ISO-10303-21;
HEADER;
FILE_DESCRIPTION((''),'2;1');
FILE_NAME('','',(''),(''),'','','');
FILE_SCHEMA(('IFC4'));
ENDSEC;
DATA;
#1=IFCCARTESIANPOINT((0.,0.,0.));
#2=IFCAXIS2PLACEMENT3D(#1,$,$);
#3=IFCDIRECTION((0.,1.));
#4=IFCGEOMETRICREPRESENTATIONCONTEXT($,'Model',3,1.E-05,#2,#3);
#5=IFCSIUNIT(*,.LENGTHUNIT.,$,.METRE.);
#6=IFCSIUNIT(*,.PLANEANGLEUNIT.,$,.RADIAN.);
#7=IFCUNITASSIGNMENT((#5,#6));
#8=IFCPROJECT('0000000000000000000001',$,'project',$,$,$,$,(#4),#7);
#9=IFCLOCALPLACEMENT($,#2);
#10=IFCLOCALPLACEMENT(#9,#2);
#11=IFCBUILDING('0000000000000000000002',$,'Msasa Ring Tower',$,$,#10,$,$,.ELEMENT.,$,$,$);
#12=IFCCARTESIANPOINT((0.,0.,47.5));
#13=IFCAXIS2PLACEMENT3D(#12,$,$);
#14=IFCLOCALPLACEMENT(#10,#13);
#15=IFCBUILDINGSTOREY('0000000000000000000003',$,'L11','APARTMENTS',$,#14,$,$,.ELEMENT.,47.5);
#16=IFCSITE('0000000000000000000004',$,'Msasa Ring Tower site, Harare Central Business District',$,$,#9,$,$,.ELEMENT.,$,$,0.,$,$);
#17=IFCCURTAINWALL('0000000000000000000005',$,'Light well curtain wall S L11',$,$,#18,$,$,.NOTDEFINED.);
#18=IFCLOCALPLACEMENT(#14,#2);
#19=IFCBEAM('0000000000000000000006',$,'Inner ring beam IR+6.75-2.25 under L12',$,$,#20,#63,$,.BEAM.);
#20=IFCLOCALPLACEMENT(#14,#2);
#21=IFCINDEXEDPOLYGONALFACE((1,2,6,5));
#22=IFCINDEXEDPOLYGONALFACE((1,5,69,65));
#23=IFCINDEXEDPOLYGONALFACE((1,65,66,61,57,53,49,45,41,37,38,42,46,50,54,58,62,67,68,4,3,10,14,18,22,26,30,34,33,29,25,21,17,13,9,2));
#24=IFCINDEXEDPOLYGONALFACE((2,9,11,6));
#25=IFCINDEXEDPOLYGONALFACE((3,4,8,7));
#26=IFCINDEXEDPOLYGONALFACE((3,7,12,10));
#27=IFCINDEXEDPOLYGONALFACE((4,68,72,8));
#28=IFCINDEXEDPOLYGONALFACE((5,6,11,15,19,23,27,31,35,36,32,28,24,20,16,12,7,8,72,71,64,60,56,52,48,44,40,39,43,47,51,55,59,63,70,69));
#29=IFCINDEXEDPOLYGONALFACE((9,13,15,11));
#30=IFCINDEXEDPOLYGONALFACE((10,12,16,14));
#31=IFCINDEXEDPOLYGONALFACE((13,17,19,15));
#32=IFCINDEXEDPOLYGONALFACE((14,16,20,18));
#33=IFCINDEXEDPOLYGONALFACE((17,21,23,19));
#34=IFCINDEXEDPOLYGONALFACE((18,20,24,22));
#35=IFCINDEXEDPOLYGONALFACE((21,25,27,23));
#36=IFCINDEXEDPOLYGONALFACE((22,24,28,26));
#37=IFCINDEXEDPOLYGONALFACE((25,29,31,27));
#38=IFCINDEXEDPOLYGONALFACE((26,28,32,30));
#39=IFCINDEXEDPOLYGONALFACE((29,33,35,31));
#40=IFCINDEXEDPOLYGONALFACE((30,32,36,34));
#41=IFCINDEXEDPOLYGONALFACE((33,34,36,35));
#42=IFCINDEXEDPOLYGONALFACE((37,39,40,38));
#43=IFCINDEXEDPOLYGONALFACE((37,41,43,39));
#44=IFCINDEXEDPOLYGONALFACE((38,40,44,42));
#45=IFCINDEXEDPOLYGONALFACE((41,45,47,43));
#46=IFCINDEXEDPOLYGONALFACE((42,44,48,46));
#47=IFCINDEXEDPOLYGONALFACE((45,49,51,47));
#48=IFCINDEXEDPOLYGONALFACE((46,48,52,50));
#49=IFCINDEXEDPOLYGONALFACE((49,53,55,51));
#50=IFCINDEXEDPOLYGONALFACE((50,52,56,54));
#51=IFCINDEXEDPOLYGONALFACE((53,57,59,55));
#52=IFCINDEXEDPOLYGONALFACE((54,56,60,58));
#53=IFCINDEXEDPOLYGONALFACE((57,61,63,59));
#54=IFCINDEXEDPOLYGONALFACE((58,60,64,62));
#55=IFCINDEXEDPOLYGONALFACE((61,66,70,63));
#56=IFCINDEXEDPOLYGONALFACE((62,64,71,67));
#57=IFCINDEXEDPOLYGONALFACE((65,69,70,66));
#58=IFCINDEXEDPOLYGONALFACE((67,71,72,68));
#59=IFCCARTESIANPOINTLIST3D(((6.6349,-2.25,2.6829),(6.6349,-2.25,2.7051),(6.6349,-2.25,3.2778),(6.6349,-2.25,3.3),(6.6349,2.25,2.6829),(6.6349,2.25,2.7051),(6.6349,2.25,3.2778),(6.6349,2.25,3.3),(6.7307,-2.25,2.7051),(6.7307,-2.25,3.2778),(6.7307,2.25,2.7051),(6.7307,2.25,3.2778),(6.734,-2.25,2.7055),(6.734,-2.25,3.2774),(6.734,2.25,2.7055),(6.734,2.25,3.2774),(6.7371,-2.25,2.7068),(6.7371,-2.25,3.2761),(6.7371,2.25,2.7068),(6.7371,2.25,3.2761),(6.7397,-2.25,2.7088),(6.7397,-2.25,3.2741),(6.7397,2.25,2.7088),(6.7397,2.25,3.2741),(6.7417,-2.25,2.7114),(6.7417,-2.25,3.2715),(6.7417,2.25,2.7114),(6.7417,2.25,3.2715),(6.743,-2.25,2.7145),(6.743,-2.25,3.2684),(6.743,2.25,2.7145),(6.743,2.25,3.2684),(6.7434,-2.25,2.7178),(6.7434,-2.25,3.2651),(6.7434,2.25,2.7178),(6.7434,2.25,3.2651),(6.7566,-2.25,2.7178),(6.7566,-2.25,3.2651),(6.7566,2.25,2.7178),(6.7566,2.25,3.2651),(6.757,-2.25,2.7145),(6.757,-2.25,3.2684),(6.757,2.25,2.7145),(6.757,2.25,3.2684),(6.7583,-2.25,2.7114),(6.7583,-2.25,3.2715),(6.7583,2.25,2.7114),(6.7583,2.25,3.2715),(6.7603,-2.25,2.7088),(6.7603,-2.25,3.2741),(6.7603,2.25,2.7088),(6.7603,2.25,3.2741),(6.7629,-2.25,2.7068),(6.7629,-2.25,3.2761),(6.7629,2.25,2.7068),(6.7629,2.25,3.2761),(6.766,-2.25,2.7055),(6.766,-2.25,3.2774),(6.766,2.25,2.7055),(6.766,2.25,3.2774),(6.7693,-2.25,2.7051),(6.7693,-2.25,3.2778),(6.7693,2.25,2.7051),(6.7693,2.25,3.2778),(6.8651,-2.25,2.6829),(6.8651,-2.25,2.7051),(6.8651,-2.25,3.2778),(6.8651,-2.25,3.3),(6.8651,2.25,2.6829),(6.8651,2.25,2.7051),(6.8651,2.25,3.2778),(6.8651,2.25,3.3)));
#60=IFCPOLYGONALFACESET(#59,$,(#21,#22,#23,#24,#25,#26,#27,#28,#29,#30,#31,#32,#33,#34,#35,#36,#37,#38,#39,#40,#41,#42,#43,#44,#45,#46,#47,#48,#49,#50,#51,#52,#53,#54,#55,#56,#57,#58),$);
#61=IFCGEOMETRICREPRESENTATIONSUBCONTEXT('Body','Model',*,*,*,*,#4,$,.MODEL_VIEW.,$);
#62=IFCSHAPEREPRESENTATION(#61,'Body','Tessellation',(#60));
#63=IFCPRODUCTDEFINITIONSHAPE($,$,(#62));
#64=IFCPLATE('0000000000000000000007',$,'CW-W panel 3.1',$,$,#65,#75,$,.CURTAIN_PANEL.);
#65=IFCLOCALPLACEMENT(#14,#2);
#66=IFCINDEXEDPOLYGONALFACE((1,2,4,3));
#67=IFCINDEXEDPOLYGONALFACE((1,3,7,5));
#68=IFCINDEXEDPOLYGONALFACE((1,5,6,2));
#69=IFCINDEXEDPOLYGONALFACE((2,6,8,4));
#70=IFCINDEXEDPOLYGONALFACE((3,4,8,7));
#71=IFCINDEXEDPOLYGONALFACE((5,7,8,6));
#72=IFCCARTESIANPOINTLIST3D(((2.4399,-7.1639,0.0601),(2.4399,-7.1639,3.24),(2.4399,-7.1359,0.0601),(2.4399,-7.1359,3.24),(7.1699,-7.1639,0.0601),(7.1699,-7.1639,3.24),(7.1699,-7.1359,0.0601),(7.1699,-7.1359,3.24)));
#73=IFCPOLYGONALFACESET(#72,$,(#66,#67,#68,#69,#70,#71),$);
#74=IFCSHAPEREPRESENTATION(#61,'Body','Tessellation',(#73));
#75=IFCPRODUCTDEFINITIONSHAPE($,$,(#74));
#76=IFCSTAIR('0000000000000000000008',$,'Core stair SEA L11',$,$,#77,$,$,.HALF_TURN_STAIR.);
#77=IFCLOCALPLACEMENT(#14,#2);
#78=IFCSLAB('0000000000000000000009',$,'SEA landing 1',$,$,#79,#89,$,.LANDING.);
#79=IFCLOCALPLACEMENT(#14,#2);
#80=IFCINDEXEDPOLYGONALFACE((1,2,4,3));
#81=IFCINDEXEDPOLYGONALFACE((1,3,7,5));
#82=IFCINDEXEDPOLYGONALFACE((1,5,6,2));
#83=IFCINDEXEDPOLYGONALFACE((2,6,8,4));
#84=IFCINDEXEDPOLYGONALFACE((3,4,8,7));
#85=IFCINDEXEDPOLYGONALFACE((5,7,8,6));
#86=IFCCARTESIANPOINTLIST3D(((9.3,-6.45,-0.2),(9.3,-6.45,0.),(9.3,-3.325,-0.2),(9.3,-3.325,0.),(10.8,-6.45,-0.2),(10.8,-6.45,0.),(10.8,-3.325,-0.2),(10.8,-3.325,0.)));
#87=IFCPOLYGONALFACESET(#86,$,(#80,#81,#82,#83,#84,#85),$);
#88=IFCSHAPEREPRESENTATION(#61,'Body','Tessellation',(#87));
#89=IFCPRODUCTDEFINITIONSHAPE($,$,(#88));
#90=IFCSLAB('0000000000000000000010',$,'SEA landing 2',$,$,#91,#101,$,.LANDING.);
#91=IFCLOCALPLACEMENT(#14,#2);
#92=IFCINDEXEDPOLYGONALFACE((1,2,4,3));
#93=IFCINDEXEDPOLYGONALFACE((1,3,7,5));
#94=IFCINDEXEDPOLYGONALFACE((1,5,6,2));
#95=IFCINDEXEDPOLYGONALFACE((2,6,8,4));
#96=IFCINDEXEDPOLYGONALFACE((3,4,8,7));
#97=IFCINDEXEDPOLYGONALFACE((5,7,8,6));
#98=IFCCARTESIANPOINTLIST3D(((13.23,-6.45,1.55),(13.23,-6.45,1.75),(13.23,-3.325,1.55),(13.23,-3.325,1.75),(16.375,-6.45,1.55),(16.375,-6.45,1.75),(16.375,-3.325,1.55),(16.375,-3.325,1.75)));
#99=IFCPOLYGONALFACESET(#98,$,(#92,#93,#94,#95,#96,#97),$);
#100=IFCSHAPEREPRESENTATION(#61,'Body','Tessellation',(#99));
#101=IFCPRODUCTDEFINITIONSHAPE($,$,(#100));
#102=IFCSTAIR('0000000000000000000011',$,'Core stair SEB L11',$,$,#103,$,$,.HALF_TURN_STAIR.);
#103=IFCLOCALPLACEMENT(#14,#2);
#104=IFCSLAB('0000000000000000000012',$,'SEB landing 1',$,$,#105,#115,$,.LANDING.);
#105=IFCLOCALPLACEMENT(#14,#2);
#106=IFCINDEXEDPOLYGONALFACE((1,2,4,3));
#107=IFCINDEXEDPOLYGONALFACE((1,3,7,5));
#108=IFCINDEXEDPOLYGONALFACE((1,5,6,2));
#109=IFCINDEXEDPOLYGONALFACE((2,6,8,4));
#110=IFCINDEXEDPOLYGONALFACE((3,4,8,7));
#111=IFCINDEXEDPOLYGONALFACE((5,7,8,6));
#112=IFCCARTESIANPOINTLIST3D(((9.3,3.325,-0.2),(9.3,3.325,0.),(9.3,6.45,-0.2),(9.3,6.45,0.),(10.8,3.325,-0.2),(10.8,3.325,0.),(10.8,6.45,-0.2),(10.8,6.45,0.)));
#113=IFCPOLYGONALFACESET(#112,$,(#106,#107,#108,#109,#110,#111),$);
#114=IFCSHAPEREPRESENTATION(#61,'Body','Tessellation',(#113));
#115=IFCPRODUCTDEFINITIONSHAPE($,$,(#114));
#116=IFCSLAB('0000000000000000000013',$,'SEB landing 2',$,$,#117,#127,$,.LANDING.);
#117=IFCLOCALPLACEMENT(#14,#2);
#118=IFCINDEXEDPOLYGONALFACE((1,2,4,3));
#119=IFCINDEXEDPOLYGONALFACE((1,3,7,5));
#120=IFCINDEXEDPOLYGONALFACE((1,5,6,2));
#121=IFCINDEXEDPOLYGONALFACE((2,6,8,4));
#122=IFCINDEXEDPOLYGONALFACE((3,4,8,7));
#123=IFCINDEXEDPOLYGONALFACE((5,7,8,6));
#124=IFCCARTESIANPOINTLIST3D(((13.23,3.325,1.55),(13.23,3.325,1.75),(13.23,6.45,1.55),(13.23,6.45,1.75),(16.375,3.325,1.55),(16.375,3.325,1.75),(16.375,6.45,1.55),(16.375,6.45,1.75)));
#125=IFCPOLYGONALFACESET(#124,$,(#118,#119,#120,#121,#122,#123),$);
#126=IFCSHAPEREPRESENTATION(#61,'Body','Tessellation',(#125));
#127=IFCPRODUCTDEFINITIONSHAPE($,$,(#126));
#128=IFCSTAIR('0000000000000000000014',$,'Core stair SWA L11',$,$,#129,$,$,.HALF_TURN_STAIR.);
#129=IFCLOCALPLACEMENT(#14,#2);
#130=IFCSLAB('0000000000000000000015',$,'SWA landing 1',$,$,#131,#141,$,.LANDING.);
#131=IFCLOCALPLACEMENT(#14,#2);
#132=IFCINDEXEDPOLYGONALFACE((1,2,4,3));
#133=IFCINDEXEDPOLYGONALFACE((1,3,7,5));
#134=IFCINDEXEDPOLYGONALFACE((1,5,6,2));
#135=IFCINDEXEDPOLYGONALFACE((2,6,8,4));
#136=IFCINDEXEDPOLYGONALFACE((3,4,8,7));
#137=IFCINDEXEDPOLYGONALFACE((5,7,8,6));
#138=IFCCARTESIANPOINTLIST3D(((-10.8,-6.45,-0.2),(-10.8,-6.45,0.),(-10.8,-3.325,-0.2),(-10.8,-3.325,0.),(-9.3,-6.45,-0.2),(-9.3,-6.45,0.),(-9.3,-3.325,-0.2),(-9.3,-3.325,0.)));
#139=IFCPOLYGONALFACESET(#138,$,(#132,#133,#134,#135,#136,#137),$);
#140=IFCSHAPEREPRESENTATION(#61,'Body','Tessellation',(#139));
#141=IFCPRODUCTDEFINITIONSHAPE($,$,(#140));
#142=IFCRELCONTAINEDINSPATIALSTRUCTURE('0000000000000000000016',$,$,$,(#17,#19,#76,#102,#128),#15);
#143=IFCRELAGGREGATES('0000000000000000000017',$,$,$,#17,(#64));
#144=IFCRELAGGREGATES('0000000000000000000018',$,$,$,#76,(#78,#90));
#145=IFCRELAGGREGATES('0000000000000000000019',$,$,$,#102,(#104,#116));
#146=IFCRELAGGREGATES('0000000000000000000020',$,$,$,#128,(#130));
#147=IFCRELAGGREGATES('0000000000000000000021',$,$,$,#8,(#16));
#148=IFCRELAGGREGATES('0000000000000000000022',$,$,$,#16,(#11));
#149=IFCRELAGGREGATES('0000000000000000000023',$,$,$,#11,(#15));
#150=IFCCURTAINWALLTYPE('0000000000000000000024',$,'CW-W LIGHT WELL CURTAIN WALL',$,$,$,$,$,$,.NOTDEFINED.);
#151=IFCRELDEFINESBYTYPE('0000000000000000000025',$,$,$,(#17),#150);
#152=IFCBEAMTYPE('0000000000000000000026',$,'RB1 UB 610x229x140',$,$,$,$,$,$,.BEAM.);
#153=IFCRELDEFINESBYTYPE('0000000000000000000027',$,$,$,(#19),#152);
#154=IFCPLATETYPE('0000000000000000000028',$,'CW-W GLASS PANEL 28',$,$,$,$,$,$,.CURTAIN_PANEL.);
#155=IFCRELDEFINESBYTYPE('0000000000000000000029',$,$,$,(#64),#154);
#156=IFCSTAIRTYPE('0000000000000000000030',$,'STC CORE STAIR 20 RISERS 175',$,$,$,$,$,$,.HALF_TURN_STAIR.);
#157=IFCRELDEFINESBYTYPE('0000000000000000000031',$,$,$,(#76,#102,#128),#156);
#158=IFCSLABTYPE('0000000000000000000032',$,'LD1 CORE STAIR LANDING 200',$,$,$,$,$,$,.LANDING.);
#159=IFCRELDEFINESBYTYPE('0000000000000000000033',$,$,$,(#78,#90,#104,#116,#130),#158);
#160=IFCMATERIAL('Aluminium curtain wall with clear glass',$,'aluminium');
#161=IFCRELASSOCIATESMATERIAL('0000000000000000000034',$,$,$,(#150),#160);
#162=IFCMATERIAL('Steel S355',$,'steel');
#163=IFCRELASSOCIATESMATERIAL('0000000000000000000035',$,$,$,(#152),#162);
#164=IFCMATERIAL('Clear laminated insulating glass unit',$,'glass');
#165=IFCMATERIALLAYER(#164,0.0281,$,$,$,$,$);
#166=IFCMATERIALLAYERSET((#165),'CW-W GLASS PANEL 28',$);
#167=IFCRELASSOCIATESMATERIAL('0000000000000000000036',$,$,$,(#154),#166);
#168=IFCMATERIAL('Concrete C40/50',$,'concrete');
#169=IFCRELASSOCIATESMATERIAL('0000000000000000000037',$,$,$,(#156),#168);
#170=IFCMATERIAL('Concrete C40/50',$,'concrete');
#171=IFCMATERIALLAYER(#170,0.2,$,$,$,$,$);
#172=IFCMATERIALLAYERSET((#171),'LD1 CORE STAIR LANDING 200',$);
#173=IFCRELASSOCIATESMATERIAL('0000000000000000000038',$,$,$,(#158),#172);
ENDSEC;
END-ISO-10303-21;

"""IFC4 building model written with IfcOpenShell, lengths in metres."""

from ifc_helpers import new_model, si_unit, direction, frame, origin, origin_2d, place, context, subcontext, project, spatial, polyline, rectangle, i_section, outline, extrude, material, layer, layer_set, material_profile, profile_set, type_object, element, aggregate, save


model = new_model("IFC4")

# Units and contexts
model_context = context("Model", 3, precision=1e-05, world=origin(), true_north=direction((0.0, 1.0)))
body_context = subcontext(model_context, "Body", "Model", "MODEL_VIEW")
ifc_project = project(units=[si_unit("LENGTHUNIT", "METRE"), si_unit("PLANEANGLEUNIT", "RADIAN")], contexts=[model_context])

# Site, building, storey
site_placement = place(None, origin())
site = spatial("IfcSite", under=ifc_project, at=site_placement, Name="Msasa Ring Tower site, Harare Central Business District", CompositionType="ELEMENT", RefElevation=0.0)
building_placement = place(site_placement, origin())
building = spatial("IfcBuilding", under=site, at=building_placement, Name="Msasa Ring Tower", CompositionType="ELEMENT")
storey_placement = place(building_placement, frame((0.0, 0.0, 47.5)))
storey = spatial("IfcBuildingStorey", under=building, at=storey_placement, Name="L11", Description="APARTMENTS", CompositionType="ELEMENT", Elevation=47.5)

# Curtain wall
ifc_material_1 = material(Name="Aluminium curtain wall with clear glass", Category="aluminium")
curtain_wall_type = type_object("IfcCurtainWallType", Name="CW-W LIGHT WELL CURTAIN WALL", PredefinedType="NOTDEFINED", material=ifc_material_1)
curtain_wall_1_placement = place(storey_placement, origin())
curtain_wall_1 = element("IfcCurtainWall", 1, at=curtain_wall_1_placement, inside=storey, type_object=curtain_wall_type, Name="Light well curtain wall S L11", PredefinedType="NOTDEFINED")

# Beam
ifc_material_2 = material(Name="Steel S355", Category="steel")
ifc_material_profile_1 = material_profile(ifc_material_2, i_section(OverallWidth=0.2302, OverallDepth=0.6172, WebThickness=0.0132, FlangeThickness=0.0222, FilletRadius=0.0127, at=origin_2d()), Name="UB 610x229x140")
ifc_profile_set_1 = profile_set([ifc_material_profile_1], Name="Steel S355")
beam_type = type_object("IfcBeamType", Name="RB1 UB 610x229x140", PredefinedType="BEAM", material=ifc_profile_set_1)
for number, where, z_axis, x_axis, name in (
    (2, (6.75, -2.25, 2.9915), (0.0, 1.0, 0.0), (-1.0, 0.0, 0.0), "Inner ring beam IR+6.75-2.25 under L12"),
):
    element("IfcBeam", number, at=place(storey_placement, frame(where, z_axis=z_axis, x_axis=x_axis)), inside=storey, type_object=beam_type, Name=name, PredefinedType="BEAM", context=body_context, shape_type="SweptSolid", body=[
        extrude(i_section(OverallWidth=0.2302, OverallDepth=0.6172, WebThickness=0.0132, FlangeThickness=0.0222, FilletRadius=0.0127, at=origin_2d()), origin(), (0.0, 0.0, 1.0), 4.5),
    ])

# Plate
ifc_material_3 = material(Name="Clear laminated insulating glass unit", Category="glass")
ifc_layer_1 = layer(ifc_material_3, 0.0281)
ifc_layer_set_1 = layer_set([ifc_layer_1], Name="CW-W GLASS PANEL 28")
plate_type = type_object("IfcPlateType", Name="CW-W GLASS PANEL 28", PredefinedType="CURTAIN_PANEL", material=ifc_layer_set_1)
plate_placement = place(storey_placement, frame((4.8049, -7.1499, 0.0601), z_axis=(0.0, 0.0, 1.0), x_axis=(1.0, 0.0, 0.0)))
plate = element("IfcPlate", 3, at=plate_placement, type_object=plate_type, Name="CW-W panel 3.1", PredefinedType="CURTAIN_PANEL", context=body_context, shape_type="SweptSolid", body=[
    extrude(rectangle(XDim=4.73, YDim=0.0281, at=origin_2d()), origin(), (0.0, 0.0, 1.0), 3.1799),
])
aggregate(curtain_wall_1, [plate])

# Stairs, slabs
ifc_material_4 = material(Name="Concrete C40/50", Category="concrete")
stair_type = type_object("IfcStairType", Name="STC CORE STAIR 20 RISERS 175", PredefinedType="HALF_TURN_STAIR", material=ifc_material_4)
stair_1_placement = place(storey_placement, origin())
stair_1 = element("IfcStair", 4, at=stair_1_placement, inside=storey, type_object=stair_type, Name="Core stair SEA L11", PredefinedType="HALF_TURN_STAIR")
ifc_material_5 = material(Name="Concrete C40/50", Category="concrete")
ifc_layer_2 = layer(ifc_material_5, 0.2)
ifc_layer_set_2 = layer_set([ifc_layer_2], Name="LD1 CORE STAIR LANDING 200")
slab_type = type_object("IfcSlabType", Name="LD1 CORE STAIR LANDING 200", PredefinedType="LANDING", material=ifc_layer_set_2)
slab_1_placement = place(storey_placement, frame((0.0, 0.0, -0.2)))
slab_1 = element("IfcSlab", 5, at=slab_1_placement, type_object=slab_type, Name="SEA landing 1", PredefinedType="LANDING", context=body_context, shape_type="SweptSolid", body=[
    extrude(outline(polyline([(9.3, -6.45), (10.8, -6.45), (10.8, -3.325), (9.3, -3.325), (9.3, -6.45)])), origin(), (0.0, 0.0, 1.0), 0.2),
])
slab_2_placement = place(storey_placement, frame((0.0, 0.0, 1.55)))
slab_2 = element("IfcSlab", 6, at=slab_2_placement, type_object=slab_type, Name="SEA landing 2", PredefinedType="LANDING", context=body_context, shape_type="SweptSolid", body=[
    extrude(outline(polyline([(13.23, -6.45), (16.375, -6.45), (16.375, -3.325), (13.23, -3.325), (13.23, -6.45)])), origin(), (0.0, 0.0, 1.0), 0.2),
])
aggregate(stair_1, [slab_1, slab_2])
stair_2_placement = place(storey_placement, origin())
stair_2 = element("IfcStair", 7, at=stair_2_placement, inside=storey, type_object=stair_type, Name="Core stair SEB L11", PredefinedType="HALF_TURN_STAIR")
slab_3_placement = place(storey_placement, frame((0.0, 0.0, -0.2)))
slab_3 = element("IfcSlab", 8, at=slab_3_placement, type_object=slab_type, Name="SEB landing 1", PredefinedType="LANDING", context=body_context, shape_type="SweptSolid", body=[
    extrude(outline(polyline([(9.3, 3.325), (10.8, 3.325), (10.8, 6.45), (9.3, 6.45), (9.3, 3.325)])), origin(), (0.0, 0.0, 1.0), 0.2),
])
slab_4_placement = place(storey_placement, frame((0.0, 0.0, 1.55)))
slab_4 = element("IfcSlab", 9, at=slab_4_placement, type_object=slab_type, Name="SEB landing 2", PredefinedType="LANDING", context=body_context, shape_type="SweptSolid", body=[
    extrude(outline(polyline([(13.23, 3.325), (16.375, 3.325), (16.375, 6.45), (13.23, 6.45), (13.23, 3.325)])), origin(), (0.0, 0.0, 1.0), 0.2),
])
aggregate(stair_2, [slab_3, slab_4])

# Stair, slab
stair_3_placement = place(storey_placement, origin())
stair_3 = element("IfcStair", 10, at=stair_3_placement, inside=storey, type_object=stair_type, Name="Core stair SWA L11", PredefinedType="HALF_TURN_STAIR")
slab_5_placement = place(storey_placement, frame((0.0, 0.0, -0.2)))
slab_5 = element("IfcSlab", 11, at=slab_5_placement, type_object=slab_type, Name="SWA landing 1", PredefinedType="LANDING", context=body_context, shape_type="SweptSolid", body=[
    extrude(outline(polyline([(-10.8, -6.45), (-9.3, -6.45), (-9.3, -3.325), (-10.8, -3.325), (-10.8, -6.45)])), origin(), (0.0, 0.0, 1.0), 0.2),
])
aggregate(stair_3, [slab_5])

save(model, "model.ifc")
